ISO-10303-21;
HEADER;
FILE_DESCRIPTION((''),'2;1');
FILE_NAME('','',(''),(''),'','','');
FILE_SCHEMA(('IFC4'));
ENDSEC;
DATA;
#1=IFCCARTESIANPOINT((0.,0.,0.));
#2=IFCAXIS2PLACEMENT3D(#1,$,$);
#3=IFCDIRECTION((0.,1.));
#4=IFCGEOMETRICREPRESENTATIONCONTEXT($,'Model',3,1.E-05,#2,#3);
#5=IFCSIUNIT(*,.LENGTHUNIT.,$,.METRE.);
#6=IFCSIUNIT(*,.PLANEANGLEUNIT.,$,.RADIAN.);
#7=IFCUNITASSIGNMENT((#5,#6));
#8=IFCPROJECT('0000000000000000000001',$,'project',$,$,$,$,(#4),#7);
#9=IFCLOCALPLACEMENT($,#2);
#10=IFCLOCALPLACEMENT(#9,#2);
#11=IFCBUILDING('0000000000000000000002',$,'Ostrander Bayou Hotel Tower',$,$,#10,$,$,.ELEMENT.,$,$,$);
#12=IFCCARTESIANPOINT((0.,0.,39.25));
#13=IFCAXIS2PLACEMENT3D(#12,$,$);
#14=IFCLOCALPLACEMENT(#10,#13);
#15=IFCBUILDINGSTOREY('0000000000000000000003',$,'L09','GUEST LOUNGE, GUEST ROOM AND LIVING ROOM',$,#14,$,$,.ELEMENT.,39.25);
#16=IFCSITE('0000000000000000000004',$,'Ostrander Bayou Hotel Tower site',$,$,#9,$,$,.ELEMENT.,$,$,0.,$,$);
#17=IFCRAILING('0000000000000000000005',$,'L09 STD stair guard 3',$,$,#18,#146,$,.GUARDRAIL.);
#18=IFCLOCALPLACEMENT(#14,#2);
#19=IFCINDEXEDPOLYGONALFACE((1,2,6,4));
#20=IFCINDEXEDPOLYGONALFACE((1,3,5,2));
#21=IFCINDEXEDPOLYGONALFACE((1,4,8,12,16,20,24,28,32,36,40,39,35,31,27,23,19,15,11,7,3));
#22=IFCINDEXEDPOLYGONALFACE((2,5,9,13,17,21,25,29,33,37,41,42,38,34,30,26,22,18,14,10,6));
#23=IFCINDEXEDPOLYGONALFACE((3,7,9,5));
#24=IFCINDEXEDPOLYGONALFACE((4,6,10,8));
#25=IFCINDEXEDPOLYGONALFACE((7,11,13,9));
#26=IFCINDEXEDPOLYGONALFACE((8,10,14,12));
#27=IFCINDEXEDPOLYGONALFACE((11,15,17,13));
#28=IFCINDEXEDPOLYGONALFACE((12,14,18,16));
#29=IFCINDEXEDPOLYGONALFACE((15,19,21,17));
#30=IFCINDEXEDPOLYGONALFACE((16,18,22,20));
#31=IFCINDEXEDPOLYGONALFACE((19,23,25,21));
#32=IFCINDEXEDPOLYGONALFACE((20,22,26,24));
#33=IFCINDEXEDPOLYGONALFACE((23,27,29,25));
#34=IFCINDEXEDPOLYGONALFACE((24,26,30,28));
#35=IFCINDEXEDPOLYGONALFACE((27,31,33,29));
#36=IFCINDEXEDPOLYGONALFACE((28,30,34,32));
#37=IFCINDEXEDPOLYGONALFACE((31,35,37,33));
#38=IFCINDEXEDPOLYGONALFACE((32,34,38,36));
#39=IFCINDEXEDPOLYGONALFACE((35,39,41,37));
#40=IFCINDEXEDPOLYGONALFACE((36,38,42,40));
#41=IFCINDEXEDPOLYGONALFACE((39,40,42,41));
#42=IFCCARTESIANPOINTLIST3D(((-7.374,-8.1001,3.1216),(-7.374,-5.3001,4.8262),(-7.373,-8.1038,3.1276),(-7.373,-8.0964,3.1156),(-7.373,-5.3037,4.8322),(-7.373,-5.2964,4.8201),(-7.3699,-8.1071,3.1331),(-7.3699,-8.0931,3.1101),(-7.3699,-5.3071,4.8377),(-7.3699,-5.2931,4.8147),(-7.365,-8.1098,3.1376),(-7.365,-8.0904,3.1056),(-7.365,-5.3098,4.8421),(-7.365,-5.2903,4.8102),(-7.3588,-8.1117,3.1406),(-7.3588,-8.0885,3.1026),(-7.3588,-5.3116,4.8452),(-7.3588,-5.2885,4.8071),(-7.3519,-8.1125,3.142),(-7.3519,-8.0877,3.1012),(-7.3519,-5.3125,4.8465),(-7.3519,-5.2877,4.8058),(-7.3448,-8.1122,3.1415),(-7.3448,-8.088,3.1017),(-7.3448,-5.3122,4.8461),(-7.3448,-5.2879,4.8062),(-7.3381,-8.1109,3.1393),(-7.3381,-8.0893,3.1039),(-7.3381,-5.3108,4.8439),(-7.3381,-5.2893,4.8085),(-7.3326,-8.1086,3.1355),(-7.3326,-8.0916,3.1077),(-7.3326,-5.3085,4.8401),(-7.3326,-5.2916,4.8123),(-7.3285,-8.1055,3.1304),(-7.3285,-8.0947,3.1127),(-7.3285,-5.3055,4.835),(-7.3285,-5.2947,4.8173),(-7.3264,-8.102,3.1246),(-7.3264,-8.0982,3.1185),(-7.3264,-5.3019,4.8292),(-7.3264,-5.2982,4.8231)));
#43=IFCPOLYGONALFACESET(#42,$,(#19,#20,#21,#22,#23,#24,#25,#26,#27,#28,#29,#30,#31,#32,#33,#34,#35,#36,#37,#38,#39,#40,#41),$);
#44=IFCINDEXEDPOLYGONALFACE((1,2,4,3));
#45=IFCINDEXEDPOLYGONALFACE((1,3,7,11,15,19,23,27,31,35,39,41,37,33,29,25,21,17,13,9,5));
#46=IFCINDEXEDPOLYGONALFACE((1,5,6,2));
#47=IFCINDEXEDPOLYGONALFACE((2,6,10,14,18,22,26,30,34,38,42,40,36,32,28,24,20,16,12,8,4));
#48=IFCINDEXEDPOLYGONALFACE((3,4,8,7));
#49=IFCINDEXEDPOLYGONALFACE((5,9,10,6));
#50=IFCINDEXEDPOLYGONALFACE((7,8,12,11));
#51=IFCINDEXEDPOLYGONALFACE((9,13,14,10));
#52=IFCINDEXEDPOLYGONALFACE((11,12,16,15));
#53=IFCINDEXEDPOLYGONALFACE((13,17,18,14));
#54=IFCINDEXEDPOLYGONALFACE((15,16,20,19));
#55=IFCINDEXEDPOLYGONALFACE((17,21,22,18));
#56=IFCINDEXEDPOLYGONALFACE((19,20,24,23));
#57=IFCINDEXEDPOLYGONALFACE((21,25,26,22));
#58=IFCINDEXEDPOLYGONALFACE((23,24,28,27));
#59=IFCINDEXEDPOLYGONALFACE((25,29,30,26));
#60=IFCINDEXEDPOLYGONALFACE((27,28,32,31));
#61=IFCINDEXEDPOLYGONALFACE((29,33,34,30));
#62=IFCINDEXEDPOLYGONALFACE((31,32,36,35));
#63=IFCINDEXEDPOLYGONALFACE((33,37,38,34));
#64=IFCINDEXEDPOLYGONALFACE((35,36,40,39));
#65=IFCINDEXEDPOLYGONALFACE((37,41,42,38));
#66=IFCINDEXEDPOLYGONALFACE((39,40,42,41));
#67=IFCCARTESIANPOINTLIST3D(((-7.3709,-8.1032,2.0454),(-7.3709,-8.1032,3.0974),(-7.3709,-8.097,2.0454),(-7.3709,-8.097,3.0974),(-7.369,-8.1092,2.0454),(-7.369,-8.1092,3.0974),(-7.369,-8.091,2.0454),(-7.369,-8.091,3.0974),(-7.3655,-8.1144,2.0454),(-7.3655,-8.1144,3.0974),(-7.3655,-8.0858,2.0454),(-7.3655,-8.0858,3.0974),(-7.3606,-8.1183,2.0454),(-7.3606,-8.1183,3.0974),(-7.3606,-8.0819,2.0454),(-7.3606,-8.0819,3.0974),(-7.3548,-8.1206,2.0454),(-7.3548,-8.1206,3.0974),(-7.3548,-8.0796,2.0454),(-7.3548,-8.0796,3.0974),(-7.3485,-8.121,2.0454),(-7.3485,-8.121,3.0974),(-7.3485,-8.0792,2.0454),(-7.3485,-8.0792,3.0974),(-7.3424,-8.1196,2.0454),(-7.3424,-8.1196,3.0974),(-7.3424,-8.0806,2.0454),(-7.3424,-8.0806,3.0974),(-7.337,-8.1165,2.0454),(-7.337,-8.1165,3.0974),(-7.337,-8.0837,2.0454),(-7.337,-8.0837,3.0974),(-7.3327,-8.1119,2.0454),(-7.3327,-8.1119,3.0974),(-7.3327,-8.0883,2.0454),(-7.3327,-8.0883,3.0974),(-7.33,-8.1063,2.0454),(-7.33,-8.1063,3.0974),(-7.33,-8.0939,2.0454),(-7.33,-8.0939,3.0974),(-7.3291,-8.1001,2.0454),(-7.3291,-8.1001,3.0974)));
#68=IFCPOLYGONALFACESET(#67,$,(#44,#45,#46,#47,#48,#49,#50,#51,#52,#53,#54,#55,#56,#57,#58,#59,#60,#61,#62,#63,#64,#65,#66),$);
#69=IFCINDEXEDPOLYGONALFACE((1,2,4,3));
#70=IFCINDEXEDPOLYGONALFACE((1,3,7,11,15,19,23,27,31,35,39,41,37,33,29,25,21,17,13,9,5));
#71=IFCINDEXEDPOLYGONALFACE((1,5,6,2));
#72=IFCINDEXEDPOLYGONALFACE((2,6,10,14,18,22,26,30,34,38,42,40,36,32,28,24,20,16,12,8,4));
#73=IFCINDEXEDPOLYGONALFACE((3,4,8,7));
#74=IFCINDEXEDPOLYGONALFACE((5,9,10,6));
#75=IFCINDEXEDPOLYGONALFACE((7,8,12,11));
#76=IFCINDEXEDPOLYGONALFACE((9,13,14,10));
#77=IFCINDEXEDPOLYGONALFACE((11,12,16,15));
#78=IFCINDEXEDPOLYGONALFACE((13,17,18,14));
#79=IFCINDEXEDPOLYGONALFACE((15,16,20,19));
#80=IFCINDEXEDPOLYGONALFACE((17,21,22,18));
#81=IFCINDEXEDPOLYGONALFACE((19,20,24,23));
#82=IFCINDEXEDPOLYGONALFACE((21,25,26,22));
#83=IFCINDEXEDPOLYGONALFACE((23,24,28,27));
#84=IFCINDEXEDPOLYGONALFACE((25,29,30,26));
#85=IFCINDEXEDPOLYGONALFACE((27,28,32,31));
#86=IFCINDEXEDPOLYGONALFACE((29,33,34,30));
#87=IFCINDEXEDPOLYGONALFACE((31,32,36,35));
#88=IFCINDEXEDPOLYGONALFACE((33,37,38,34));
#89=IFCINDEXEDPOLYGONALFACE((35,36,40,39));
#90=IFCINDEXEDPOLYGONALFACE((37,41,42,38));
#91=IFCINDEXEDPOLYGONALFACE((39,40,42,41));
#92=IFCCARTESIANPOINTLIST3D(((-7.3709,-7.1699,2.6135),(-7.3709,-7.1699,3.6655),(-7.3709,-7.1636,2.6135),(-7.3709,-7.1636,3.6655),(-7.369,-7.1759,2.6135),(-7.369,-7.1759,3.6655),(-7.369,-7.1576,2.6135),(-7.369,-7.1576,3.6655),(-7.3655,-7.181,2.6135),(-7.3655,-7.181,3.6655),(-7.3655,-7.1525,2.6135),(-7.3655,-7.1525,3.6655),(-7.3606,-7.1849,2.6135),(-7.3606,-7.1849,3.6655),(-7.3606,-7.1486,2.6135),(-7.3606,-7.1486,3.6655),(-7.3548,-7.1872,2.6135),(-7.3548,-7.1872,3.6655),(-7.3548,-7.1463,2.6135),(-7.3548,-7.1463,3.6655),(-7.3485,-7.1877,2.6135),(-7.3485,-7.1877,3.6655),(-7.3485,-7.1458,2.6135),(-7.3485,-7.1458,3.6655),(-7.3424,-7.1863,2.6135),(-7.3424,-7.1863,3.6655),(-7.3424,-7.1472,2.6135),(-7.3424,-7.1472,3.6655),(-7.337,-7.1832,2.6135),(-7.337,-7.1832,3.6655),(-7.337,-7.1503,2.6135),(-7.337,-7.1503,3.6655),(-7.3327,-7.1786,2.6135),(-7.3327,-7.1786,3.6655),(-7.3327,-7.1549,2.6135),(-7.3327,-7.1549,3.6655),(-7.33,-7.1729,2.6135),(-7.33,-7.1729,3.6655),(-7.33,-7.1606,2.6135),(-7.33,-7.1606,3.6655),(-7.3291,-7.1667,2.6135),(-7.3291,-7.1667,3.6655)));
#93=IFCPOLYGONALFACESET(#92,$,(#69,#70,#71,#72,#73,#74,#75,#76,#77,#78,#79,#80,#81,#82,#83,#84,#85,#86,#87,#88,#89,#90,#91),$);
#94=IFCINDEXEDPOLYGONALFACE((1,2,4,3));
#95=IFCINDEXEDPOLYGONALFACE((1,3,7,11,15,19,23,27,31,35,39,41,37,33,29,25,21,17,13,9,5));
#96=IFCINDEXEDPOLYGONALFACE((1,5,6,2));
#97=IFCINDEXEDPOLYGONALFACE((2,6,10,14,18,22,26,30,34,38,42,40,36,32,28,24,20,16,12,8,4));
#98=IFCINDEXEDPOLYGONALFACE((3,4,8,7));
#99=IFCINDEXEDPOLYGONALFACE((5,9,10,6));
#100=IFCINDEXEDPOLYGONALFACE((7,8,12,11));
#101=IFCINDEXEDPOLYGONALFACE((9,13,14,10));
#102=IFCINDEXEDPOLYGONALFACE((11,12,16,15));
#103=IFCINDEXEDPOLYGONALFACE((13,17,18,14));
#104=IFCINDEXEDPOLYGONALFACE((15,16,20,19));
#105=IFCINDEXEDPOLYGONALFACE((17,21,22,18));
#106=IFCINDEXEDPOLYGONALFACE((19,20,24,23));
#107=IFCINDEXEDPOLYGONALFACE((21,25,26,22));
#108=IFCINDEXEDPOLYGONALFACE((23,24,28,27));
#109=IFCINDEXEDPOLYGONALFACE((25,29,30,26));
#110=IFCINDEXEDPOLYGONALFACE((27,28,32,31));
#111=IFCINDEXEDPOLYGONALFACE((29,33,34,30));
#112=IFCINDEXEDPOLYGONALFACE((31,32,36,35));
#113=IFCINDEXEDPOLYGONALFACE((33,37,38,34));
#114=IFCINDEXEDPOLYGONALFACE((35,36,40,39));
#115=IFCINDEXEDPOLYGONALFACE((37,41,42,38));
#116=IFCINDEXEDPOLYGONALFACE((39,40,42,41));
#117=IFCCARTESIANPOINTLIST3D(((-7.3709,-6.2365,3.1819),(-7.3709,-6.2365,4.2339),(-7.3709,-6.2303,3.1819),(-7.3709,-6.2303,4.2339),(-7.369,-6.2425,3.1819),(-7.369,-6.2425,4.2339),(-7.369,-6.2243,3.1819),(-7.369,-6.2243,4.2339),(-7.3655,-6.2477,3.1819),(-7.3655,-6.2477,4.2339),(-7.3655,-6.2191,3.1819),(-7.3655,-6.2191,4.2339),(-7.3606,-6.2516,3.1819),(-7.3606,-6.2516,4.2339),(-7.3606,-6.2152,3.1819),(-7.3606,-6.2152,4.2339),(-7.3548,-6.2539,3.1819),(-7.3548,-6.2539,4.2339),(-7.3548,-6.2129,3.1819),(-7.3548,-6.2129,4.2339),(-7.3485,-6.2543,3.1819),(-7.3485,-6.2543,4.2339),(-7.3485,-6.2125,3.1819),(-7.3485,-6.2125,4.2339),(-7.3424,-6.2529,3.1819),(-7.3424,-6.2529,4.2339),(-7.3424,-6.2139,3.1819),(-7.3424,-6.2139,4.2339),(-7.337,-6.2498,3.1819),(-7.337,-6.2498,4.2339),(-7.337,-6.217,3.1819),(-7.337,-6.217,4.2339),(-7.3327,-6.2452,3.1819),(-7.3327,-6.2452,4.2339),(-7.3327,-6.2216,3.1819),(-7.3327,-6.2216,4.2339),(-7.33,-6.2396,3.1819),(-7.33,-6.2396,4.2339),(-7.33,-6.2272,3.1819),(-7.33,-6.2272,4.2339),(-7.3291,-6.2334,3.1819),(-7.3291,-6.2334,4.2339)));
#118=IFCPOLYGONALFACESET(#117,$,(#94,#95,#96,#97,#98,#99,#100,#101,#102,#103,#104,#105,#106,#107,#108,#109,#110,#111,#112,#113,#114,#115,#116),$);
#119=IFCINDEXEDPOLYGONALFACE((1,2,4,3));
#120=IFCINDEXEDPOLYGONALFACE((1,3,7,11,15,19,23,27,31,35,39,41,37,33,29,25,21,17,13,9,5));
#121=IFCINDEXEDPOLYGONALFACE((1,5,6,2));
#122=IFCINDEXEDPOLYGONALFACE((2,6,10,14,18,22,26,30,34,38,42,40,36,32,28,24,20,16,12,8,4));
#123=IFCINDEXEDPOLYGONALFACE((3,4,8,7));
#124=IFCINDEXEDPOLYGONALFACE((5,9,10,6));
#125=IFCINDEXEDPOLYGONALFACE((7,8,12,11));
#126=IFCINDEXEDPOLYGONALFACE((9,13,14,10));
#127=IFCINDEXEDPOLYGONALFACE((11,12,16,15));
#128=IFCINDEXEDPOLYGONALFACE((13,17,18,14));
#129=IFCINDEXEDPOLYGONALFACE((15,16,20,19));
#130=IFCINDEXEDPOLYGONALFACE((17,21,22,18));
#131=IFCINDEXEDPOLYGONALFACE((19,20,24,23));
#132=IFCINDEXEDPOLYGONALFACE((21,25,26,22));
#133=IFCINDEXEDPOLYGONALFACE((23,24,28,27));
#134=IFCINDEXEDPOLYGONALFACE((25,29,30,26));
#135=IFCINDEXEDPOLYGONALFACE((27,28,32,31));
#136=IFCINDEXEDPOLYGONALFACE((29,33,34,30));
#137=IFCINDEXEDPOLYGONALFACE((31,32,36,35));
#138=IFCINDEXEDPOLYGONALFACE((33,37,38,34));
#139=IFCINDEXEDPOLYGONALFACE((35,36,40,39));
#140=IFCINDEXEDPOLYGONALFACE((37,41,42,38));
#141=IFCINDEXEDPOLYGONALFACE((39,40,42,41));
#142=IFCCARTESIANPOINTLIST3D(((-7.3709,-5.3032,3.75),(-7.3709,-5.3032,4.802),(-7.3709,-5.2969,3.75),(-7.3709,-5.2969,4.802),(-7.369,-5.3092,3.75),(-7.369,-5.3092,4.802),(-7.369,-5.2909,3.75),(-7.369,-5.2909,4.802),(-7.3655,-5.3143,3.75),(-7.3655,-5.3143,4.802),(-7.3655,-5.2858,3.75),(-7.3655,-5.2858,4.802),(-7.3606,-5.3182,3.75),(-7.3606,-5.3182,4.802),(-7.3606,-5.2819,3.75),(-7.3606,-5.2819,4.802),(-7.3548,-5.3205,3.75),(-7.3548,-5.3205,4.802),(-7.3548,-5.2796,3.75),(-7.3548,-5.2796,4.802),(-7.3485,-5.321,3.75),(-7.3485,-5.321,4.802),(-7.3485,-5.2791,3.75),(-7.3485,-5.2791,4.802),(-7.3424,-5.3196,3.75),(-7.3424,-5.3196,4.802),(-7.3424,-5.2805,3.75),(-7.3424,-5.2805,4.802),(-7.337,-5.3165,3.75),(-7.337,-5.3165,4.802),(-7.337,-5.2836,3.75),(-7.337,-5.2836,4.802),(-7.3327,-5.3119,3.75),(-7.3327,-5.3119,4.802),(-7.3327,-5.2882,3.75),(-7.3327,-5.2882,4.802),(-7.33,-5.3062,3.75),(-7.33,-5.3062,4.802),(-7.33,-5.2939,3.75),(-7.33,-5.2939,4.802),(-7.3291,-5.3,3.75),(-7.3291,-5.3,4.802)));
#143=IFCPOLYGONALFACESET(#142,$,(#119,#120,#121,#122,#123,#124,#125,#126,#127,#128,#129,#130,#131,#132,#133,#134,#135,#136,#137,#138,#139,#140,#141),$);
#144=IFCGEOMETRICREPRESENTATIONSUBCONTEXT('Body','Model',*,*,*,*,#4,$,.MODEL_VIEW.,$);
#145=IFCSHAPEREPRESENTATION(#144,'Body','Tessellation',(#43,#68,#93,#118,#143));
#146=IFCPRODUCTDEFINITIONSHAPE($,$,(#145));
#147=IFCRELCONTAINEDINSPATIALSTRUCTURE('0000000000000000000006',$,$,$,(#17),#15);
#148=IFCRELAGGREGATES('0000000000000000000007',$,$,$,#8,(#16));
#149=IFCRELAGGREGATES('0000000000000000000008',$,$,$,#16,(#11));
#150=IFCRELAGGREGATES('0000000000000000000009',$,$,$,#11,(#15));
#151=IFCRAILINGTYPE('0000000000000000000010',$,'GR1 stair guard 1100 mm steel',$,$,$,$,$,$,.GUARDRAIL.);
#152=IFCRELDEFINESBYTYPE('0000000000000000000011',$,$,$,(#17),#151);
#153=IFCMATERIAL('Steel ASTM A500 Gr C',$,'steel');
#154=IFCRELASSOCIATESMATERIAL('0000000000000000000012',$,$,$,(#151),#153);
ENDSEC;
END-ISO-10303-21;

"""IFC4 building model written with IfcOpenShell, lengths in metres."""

from ifc_helpers import new_model, si_unit, direction, frame, origin, origin_2d, place, context, subcontext, project, spatial, circle, extrude, material, type_object, element, save


model = new_model("IFC4")

# Units and contexts
model_context = context("Model", 3, precision=1e-05, world=origin(), true_north=direction((0.0, 1.0)))
body_context = subcontext(model_context, "Body", "Model", "MODEL_VIEW")
ifc_project = project(units=[si_unit("LENGTHUNIT", "METRE"), si_unit("PLANEANGLEUNIT", "RADIAN")], contexts=[model_context])

# Site, building, storey
site_placement = place(None, origin())
site = spatial("IfcSite", under=ifc_project, at=site_placement, Name="Ostrander Bayou Hotel Tower site", CompositionType="ELEMENT", RefElevation=0.0)
building_placement = place(site_placement, origin())
building = spatial("IfcBuilding", under=site, at=building_placement, Name="Ostrander Bayou Hotel Tower", CompositionType="ELEMENT")
storey_placement = place(building_placement, frame((0.0, 0.0, 39.25)))
storey = spatial("IfcBuildingStorey", under=building, at=storey_placement, Name="L09", Description="GUEST LOUNGE, GUEST ROOM AND LIVING ROOM", CompositionType="ELEMENT", Elevation=39.25)

# Railing
ifc_material_1 = material(Name="Steel ASTM A500 Gr C", Category="steel")
railing_type_1 = type_object("IfcRailingType", Name="GR1 stair guard 1100 mm steel", PredefinedType="GUARDRAIL", material=ifc_material_1)
railing_1_placement = place(storey_placement, frame((-7.3501, -8.1001, 2.0454)))
element("IfcRailing", 1, at=railing_1_placement, inside=storey, type_object=railing_type_1, Name="L09 STD stair guard 3", PredefinedType="GUARDRAIL", context=body_context, shape_type="SweptSolid", body=[
    extrude(circle(Radius=0.0239, at=origin_2d()), frame((0.0, 0.0, 1.0762), z_axis=(0.0, 0.85417, 0.519994), x_axis=(-1.0, 0.0, 0.0)), (0.0, 0.0, 1.0), 3.2781),
    extrude(circle(Radius=0.021, at=origin_2d()), origin(), (0.0, 0.0, 1.0), 1.052),
    extrude(circle(Radius=0.021, at=origin_2d()), frame((0.0, 0.9333, 0.5681)), (0.0, 0.0, 1.0), 1.052),
    extrude(circle(Radius=0.021, at=origin_2d()), frame((0.0, 1.8667, 1.1365)), (0.0, 0.0, 1.0), 1.052),
    extrude(circle(Radius=0.021, at=origin_2d()), frame((0.0, 2.8, 1.7046)), (0.0, 0.0, 1.0), 1.052),
])

save(model, "model.ifc")
